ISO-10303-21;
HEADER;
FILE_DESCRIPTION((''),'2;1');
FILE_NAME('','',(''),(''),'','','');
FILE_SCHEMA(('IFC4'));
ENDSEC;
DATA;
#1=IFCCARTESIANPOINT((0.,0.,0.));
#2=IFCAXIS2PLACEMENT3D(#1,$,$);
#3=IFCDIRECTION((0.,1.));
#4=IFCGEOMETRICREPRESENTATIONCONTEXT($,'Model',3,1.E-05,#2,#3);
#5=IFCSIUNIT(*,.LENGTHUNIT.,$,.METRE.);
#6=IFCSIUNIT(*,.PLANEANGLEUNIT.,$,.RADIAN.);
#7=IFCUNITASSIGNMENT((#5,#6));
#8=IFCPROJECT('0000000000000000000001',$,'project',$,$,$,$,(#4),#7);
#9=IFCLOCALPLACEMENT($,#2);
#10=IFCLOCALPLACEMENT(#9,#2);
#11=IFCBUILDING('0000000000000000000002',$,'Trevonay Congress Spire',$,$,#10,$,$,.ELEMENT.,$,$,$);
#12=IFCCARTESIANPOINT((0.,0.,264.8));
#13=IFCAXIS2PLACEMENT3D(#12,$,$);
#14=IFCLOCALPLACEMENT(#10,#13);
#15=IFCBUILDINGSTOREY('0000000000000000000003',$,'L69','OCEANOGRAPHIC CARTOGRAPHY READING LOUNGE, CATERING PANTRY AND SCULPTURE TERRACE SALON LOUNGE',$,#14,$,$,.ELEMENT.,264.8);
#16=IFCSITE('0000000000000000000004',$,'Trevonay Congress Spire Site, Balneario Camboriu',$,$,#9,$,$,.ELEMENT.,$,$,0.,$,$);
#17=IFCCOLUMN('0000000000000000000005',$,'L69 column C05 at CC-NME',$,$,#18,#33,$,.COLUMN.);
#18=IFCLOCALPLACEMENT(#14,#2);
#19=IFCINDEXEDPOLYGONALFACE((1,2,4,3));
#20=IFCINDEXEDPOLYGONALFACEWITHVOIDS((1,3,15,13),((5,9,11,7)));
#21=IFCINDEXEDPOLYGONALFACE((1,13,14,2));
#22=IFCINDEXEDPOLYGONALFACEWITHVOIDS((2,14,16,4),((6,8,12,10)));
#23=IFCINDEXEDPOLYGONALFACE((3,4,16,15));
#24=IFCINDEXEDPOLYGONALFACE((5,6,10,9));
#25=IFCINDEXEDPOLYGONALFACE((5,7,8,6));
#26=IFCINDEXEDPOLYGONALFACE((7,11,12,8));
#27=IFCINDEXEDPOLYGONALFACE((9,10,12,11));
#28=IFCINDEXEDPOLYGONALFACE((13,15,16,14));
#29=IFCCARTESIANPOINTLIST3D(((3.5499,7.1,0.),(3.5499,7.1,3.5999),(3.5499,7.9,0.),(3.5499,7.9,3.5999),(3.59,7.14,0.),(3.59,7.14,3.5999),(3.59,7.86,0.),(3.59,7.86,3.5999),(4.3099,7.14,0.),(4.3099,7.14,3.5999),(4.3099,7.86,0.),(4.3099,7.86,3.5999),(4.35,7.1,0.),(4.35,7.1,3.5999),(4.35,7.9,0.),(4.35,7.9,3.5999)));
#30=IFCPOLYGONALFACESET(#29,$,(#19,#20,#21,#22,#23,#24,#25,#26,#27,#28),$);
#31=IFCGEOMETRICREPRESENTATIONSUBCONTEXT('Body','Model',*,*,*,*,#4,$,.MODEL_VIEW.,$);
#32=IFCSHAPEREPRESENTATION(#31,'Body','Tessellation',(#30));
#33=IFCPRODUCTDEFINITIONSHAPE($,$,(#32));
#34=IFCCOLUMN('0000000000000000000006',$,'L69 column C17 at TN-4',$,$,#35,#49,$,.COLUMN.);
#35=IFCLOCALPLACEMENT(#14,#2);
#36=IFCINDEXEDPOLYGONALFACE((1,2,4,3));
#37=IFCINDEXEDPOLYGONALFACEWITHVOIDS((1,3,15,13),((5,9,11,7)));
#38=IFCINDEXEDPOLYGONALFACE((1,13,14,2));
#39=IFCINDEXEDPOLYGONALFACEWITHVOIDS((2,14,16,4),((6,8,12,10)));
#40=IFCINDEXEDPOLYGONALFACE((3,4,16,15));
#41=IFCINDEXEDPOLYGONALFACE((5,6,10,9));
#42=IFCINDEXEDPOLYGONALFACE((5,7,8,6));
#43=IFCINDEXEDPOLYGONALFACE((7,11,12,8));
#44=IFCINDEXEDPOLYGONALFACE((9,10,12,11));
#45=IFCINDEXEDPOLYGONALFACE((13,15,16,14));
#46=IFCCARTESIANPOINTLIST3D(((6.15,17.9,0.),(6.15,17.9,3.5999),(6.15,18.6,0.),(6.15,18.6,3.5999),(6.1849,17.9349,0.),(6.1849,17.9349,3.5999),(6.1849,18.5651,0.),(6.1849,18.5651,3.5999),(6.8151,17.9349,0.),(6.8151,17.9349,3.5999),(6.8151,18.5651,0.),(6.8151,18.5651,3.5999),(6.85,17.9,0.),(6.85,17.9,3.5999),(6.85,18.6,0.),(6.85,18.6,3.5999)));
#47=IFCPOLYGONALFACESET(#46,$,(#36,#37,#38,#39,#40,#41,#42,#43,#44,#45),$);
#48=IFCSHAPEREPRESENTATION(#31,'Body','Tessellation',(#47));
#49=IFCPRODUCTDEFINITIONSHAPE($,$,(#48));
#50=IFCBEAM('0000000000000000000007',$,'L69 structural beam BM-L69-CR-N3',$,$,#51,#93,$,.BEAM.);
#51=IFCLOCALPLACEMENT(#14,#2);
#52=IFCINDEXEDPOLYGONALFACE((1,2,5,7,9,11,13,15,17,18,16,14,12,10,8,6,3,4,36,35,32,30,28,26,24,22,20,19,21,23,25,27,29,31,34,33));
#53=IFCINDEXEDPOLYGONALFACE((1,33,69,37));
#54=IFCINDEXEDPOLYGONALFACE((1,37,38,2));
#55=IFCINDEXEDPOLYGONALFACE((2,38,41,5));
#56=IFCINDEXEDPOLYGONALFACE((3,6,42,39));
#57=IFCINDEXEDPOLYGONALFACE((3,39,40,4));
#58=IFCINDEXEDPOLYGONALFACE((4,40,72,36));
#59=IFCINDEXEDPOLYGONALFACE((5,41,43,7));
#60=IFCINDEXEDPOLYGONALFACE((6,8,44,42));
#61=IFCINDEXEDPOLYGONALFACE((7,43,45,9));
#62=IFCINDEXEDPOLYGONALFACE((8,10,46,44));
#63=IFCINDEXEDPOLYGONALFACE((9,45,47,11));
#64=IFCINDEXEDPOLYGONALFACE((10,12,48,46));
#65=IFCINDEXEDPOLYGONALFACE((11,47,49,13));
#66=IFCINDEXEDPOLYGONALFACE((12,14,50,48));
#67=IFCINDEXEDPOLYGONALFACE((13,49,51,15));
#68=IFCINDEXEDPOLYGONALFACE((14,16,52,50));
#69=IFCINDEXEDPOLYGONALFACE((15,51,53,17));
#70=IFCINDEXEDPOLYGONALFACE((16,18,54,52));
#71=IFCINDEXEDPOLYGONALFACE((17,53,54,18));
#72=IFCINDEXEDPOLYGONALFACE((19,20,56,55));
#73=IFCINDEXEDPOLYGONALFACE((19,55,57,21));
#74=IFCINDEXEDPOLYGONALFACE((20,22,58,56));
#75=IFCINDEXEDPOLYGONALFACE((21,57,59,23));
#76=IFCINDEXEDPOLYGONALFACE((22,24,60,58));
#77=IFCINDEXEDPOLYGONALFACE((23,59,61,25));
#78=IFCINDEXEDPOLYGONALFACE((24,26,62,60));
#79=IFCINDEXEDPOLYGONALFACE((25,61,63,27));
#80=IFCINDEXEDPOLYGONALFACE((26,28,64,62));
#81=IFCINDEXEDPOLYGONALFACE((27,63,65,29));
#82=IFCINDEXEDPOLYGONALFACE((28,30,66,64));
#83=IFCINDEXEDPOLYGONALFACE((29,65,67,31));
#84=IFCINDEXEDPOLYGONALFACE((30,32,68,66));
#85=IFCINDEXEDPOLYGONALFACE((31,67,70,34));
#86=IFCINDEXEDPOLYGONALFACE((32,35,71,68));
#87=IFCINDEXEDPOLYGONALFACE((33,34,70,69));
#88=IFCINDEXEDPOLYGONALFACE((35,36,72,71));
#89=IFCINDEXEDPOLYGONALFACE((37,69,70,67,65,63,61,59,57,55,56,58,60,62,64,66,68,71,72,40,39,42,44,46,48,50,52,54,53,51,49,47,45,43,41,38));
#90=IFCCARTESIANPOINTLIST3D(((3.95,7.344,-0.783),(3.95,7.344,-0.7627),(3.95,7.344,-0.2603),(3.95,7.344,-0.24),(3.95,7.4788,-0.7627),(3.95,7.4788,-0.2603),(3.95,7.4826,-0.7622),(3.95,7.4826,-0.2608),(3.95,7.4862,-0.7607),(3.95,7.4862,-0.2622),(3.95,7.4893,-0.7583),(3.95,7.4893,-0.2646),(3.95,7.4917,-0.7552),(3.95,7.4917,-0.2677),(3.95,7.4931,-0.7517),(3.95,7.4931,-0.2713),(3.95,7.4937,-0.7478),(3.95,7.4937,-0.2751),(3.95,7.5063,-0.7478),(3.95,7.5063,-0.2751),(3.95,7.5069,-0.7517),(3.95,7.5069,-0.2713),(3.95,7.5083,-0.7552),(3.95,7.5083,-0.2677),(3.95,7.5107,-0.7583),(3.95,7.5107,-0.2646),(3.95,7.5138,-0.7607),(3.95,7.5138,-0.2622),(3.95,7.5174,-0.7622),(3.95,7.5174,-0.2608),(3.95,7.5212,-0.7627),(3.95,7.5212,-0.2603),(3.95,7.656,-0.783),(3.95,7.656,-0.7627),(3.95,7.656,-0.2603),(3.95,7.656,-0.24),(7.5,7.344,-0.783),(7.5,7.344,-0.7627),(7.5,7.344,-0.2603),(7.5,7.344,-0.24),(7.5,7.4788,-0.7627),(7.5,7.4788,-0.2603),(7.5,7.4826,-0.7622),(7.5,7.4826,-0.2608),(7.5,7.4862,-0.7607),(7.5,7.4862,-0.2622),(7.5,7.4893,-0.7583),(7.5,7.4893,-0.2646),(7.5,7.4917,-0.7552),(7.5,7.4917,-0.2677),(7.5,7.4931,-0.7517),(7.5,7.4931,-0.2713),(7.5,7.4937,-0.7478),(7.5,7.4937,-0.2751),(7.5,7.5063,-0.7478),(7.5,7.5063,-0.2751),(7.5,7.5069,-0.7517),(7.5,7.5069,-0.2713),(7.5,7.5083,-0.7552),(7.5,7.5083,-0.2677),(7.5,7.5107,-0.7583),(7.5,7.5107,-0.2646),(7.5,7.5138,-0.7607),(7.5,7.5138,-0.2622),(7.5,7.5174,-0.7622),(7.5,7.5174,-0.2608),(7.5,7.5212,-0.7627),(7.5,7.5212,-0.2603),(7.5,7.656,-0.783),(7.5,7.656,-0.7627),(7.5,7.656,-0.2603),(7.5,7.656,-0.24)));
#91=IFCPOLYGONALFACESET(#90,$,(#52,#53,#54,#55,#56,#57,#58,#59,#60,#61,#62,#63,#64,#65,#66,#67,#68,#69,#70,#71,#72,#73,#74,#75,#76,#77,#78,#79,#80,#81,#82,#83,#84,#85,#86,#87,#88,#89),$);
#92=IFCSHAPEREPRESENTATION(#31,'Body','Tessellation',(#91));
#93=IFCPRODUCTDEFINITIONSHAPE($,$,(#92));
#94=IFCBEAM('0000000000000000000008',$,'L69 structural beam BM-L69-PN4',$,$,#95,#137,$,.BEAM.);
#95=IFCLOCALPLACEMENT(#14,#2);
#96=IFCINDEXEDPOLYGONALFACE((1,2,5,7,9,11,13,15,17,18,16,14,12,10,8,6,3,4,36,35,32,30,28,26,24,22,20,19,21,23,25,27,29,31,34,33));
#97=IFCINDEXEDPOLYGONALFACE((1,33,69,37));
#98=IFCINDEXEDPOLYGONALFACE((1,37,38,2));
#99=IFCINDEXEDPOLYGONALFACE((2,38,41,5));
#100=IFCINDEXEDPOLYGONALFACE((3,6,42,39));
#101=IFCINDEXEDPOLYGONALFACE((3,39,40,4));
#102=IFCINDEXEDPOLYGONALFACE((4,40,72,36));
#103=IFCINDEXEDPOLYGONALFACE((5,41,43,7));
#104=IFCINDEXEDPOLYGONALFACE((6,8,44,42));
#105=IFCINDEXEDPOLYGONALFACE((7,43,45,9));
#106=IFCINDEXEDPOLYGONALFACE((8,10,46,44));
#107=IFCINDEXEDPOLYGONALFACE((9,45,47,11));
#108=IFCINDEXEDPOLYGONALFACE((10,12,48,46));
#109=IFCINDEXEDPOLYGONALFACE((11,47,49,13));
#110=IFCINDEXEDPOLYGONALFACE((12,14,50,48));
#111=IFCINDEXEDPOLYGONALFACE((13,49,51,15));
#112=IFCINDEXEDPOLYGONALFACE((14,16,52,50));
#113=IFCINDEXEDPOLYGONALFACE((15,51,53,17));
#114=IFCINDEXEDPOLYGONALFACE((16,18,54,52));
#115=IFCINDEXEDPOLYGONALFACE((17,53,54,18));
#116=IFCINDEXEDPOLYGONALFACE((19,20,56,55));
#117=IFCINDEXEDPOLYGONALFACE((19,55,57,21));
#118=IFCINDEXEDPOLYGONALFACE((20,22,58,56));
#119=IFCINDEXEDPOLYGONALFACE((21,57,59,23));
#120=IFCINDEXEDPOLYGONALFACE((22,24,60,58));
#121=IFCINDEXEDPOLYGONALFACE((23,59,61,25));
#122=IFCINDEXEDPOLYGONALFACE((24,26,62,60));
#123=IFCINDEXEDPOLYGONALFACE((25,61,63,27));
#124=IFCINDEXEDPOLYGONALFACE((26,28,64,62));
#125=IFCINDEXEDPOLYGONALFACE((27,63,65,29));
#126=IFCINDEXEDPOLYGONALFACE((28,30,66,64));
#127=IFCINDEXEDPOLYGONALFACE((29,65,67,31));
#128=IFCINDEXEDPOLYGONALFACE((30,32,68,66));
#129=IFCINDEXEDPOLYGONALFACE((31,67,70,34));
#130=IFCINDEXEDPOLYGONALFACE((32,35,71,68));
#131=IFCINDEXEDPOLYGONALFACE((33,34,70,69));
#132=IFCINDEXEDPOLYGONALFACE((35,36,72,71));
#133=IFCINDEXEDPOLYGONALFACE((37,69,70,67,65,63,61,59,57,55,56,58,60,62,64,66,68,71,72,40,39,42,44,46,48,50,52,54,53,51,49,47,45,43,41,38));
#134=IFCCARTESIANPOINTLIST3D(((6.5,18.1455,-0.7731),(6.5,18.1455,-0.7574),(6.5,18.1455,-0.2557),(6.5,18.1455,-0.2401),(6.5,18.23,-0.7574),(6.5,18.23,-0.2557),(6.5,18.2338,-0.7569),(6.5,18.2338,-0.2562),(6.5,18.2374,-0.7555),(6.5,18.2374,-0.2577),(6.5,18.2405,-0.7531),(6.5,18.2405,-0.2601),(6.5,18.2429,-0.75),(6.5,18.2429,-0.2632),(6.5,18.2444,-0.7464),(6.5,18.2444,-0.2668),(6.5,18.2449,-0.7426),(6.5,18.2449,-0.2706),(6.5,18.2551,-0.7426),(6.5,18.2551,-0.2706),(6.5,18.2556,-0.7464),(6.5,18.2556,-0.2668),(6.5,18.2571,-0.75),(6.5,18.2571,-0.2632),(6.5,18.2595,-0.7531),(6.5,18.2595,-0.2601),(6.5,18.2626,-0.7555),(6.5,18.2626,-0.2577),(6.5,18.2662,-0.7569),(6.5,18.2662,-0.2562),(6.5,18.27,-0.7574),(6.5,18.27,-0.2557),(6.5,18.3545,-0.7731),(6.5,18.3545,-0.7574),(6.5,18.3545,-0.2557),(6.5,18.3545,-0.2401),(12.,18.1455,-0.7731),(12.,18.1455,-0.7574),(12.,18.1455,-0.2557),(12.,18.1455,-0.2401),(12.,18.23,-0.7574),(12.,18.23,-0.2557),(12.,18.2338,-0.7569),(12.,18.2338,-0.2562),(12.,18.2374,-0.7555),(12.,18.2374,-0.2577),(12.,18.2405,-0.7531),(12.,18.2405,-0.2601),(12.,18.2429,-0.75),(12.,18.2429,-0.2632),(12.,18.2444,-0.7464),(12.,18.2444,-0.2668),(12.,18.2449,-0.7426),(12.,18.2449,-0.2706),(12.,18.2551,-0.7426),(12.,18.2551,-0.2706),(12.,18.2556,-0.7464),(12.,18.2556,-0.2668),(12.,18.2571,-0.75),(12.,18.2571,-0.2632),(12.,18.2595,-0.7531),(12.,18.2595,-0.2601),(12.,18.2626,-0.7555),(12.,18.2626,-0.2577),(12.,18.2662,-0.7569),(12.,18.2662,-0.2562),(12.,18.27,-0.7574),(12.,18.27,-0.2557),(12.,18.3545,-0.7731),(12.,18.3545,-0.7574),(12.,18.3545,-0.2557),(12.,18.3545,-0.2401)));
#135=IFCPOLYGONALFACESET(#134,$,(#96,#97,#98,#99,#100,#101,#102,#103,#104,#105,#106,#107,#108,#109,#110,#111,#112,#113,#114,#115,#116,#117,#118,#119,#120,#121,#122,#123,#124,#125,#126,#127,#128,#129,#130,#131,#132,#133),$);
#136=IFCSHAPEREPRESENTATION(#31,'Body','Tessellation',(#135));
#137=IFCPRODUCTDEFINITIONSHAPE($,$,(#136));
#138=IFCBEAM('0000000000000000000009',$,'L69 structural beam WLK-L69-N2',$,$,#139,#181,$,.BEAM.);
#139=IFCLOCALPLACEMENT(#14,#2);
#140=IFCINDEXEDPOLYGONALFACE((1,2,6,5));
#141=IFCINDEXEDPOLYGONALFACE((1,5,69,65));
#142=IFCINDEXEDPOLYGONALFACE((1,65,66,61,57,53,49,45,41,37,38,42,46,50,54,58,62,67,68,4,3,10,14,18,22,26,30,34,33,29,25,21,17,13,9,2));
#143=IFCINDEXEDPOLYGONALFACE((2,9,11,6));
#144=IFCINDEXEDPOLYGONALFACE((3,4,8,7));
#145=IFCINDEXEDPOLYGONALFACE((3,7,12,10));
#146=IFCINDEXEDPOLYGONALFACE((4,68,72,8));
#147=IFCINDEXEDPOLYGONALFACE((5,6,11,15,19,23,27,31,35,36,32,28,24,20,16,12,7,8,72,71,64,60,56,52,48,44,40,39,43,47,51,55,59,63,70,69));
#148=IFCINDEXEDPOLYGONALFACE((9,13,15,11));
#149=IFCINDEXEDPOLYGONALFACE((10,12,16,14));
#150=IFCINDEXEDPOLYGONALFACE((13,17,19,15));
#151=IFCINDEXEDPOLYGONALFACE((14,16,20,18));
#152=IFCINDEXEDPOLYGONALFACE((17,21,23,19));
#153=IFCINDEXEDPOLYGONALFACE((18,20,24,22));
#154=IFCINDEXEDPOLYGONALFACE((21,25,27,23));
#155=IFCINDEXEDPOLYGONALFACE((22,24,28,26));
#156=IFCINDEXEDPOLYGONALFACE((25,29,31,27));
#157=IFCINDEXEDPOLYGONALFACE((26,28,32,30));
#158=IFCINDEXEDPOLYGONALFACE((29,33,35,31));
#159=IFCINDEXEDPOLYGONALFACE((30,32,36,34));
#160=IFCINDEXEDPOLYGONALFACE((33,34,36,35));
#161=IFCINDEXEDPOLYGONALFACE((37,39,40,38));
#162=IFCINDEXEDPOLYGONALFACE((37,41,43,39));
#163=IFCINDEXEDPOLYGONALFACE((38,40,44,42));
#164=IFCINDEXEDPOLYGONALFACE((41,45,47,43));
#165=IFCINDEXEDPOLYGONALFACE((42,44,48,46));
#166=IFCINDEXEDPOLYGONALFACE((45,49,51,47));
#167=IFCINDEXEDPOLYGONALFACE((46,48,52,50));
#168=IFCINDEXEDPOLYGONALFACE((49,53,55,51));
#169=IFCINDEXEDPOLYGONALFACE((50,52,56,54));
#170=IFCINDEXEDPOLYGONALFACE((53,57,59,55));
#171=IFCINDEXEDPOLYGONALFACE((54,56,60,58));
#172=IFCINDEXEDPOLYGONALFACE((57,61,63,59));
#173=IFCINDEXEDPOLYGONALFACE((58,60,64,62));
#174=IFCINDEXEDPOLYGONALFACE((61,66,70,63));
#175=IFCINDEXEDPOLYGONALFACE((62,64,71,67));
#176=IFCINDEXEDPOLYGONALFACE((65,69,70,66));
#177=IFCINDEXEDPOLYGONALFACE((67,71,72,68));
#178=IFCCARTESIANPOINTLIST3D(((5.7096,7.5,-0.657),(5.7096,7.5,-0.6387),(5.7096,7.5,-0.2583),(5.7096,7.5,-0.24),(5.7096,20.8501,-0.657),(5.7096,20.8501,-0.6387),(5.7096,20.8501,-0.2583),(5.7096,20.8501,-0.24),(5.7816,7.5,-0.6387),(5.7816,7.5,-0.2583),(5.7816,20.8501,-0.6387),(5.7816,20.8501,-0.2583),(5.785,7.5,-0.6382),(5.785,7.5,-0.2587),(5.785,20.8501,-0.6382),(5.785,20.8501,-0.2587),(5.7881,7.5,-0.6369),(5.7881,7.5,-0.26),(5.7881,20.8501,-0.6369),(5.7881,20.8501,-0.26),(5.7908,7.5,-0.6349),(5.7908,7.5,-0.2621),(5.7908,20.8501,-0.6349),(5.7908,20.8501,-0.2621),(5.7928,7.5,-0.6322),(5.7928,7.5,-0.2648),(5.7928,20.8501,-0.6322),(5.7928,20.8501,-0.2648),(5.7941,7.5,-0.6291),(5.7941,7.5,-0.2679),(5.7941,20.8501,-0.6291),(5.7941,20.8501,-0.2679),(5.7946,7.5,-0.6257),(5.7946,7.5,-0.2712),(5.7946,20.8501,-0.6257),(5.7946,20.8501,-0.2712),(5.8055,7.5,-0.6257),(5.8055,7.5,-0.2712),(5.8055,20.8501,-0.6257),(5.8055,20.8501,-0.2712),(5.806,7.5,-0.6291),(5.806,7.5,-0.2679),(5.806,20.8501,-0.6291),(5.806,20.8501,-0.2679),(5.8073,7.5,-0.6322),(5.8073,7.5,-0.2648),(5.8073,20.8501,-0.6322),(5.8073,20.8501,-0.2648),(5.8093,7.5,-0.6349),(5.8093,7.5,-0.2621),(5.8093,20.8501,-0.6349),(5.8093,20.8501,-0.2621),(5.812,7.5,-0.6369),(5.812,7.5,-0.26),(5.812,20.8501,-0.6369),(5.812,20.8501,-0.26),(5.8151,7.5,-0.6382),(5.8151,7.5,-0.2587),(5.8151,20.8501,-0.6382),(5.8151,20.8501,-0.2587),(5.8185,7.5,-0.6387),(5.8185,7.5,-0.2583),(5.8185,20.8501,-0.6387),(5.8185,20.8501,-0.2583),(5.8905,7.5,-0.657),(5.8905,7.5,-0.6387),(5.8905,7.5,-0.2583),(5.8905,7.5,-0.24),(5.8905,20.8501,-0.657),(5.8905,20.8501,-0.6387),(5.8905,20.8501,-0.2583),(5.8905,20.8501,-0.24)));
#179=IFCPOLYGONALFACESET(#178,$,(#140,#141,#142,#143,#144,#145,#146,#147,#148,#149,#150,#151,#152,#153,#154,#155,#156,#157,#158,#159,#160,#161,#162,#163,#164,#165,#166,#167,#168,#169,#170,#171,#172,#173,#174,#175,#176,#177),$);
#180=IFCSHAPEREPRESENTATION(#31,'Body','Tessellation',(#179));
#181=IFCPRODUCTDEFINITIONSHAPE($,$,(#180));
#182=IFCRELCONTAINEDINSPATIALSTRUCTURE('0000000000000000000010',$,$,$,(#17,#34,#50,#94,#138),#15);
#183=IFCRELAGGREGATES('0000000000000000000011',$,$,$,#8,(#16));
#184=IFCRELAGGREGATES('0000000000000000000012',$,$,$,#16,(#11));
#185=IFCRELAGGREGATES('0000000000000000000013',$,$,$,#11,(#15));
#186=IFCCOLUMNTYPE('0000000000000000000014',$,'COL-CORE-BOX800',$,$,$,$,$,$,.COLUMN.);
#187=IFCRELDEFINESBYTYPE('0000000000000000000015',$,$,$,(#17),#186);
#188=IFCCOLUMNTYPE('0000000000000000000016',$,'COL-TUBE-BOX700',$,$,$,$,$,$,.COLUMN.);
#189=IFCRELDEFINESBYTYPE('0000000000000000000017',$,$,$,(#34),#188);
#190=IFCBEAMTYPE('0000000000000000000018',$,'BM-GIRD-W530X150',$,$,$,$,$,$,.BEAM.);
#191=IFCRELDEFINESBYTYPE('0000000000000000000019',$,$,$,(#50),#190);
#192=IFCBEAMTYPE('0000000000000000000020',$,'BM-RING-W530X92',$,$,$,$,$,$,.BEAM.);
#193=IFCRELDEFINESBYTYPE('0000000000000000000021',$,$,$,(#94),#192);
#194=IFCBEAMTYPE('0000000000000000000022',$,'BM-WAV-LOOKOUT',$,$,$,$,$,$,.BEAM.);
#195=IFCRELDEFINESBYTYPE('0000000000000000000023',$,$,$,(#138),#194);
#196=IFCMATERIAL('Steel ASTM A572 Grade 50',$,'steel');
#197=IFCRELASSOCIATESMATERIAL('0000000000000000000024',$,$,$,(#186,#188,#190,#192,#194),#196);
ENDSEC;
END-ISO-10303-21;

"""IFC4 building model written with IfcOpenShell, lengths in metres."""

from ifc_helpers import new_model, si_unit, direction, frame, origin, origin_2d, place, context, subcontext, project, spatial, hollow_rectangle, i_section, extrude, material, material_profile, profile_set, type_object, element, save


model = new_model("IFC4")

# Units and contexts
model_context = context("Model", 3, precision=1e-05, world=origin(), true_north=direction((0.0, 1.0)))
body_context = subcontext(model_context, "Body", "Model", "MODEL_VIEW")
ifc_project = project(units=[si_unit("LENGTHUNIT", "METRE"), si_unit("PLANEANGLEUNIT", "RADIAN")], contexts=[model_context])

# Site, building, storey
site_placement = place(None, origin())
site = spatial("IfcSite", under=ifc_project, at=site_placement, Name="Trevonay Congress Spire Site, Balneario Camboriu", CompositionType="ELEMENT", RefElevation=0.0)
building_placement = place(site_placement, origin())
building = spatial("IfcBuilding", under=site, at=building_placement, Name="Trevonay Congress Spire", CompositionType="ELEMENT")
storey_placement = place(building_placement, frame((0.0, 0.0, 264.8)))
storey = spatial("IfcBuildingStorey", under=building, at=storey_placement, Name="L69", Description="OCEANOGRAPHIC CARTOGRAPHY READING LOUNGE, CATERING PANTRY AND SCULPTURE TERRACE SALON LOUNGE", CompositionType="ELEMENT", Elevation=264.8)

# Columns
ifc_material_1 = material(Name="Steel ASTM A572 Grade 50", Category="steel")
ifc_material_profile_1 = material_profile(ifc_material_1, hollow_rectangle(XDim=0.8, YDim=0.8, WallThickness=0.04, at=origin_2d()), Name="BOX 800x800x40")
ifc_profile_set_1 = profile_set([ifc_material_profile_1], Name="Steel ASTM A572 Grade 50")
column_type_1 = type_object("IfcColumnType", Name="COL-CORE-BOX800", PredefinedType="COLUMN", material=ifc_profile_set_1)
column_1_placement = place(storey_placement, frame((3.95, 7.5, 0.0), z_axis=(0.0, 0.0, 1.0), x_axis=(1.0, 0.0, 0.0)))
element("IfcColumn", 1, at=column_1_placement, inside=storey, type_object=column_type_1, Name="L69 column C05 at CC-NME", PredefinedType="COLUMN", context=body_context, shape_type="SweptSolid", body=[
    extrude(hollow_rectangle(XDim=0.8, YDim=0.8, WallThickness=0.04, at=origin_2d()), origin(), (0.0, 0.0, 1.0), 3.5999),
])
ifc_material_profile_2 = material_profile(ifc_material_1, hollow_rectangle(XDim=0.7, YDim=0.7, WallThickness=0.0349, at=origin_2d()), Name="BOX 700x700x35")
ifc_profile_set_2 = profile_set([ifc_material_profile_2], Name="Steel ASTM A572 Grade 50")
column_type_2 = type_object("IfcColumnType", Name="COL-TUBE-BOX700", PredefinedType="COLUMN", material=ifc_profile_set_2)
column_2_placement = place(storey_placement, frame((6.5, 18.25, 0.0), z_axis=(0.0, 0.0, 1.0), x_axis=(1.0, 0.0, 0.0)))
element("IfcColumn", 2, at=column_2_placement, inside=storey, type_object=column_type_2, Name="L69 column C17 at TN-4", PredefinedType="COLUMN", context=body_context, shape_type="SweptSolid", body=[
    extrude(hollow_rectangle(XDim=0.7, YDim=0.7, WallThickness=0.0349, at=origin_2d()), origin(), (0.0, 0.0, 1.0), 3.5999),
])

# Beams
ifc_material_profile_3 = material_profile(ifc_material_1, i_section(OverallWidth=0.312, OverallDepth=0.543, WebThickness=0.0127, FlangeThickness=0.0203, FilletRadius=0.0149, at=origin_2d()), Name="W530x150")
ifc_profile_set_3 = profile_set([ifc_material_profile_3], Name="Steel ASTM A572 Grade 50")
beam_type_1 = type_object("IfcBeamType", Name="BM-GIRD-W530X150", PredefinedType="BEAM", material=ifc_profile_set_3)
beam_1_placement = place(storey_placement, frame((3.95, 7.5, -0.5115), z_axis=(1.0, 0.0, 0.0), x_axis=(0.0, 1.0, 0.0)))
element("IfcBeam", 3, at=beam_1_placement, inside=storey, type_object=beam_type_1, Name="L69 structural beam BM-L69-CR-N3", PredefinedType="BEAM", context=body_context, shape_type="SweptSolid", body=[
    extrude(i_section(OverallWidth=0.312, OverallDepth=0.543, WebThickness=0.0127, FlangeThickness=0.0203, FilletRadius=0.0149, at=origin_2d()), origin(), (0.0, 0.0, 1.0), 3.55),
])
ifc_material_profile_4 = material_profile(ifc_material_1, i_section(OverallWidth=0.209, OverallDepth=0.533, WebThickness=0.0103, FlangeThickness=0.0156, FilletRadius=0.0149, at=origin_2d()), Name="W530x92")
ifc_profile_set_4 = profile_set([ifc_material_profile_4], Name="Steel ASTM A572 Grade 50")
beam_type_2 = type_object("IfcBeamType", Name="BM-RING-W530X92", PredefinedType="BEAM", material=ifc_profile_set_4)
beam_2_placement = place(storey_placement, frame((6.5, 18.25, -0.5066), z_axis=(1.0, 0.0, 0.0), x_axis=(0.0, 1.0, 0.0)))
element("IfcBeam", 4, at=beam_2_placement, inside=storey, type_object=beam_type_2, Name="L69 structural beam BM-L69-PN4", PredefinedType="BEAM", context=body_context, shape_type="SweptSolid", body=[
    extrude(i_section(OverallWidth=0.209, OverallDepth=0.533, WebThickness=0.0103, FlangeThickness=0.0156, FilletRadius=0.0149, at=origin_2d()), origin(), (0.0, 0.0, 1.0), 5.5),
])
ifc_material_profile_5 = material_profile(ifc_material_1, i_section(OverallWidth=0.1809, OverallDepth=0.417, WebThickness=0.011, FlangeThickness=0.0183, FilletRadius=0.0129, at=origin_2d()), Name="W410x85")
ifc_profile_set_5 = profile_set([ifc_material_profile_5], Name="Steel ASTM A572 Grade 50")
beam_type_3 = type_object("IfcBeamType", Name="BM-WAV-LOOKOUT", PredefinedType="BEAM", material=ifc_profile_set_5)
beam_3_placement = place(storey_placement, frame((5.8, 7.5, -0.4485), z_axis=(0.0, 1.0, 0.0), x_axis=(-1.0, 0.0, 0.0)))
element("IfcBeam", 5, at=beam_3_placement, inside=storey, type_object=beam_type_3, Name="L69 structural beam WLK-L69-N2", PredefinedType="BEAM", context=body_context, shape_type="SweptSolid", body=[
    extrude(i_section(OverallWidth=0.1809, OverallDepth=0.417, WebThickness=0.011, FlangeThickness=0.0183, FilletRadius=0.0129, at=origin_2d()), origin(), (0.0, 0.0, 1.0), 13.3501),
])

save(model, "model.ifc")
